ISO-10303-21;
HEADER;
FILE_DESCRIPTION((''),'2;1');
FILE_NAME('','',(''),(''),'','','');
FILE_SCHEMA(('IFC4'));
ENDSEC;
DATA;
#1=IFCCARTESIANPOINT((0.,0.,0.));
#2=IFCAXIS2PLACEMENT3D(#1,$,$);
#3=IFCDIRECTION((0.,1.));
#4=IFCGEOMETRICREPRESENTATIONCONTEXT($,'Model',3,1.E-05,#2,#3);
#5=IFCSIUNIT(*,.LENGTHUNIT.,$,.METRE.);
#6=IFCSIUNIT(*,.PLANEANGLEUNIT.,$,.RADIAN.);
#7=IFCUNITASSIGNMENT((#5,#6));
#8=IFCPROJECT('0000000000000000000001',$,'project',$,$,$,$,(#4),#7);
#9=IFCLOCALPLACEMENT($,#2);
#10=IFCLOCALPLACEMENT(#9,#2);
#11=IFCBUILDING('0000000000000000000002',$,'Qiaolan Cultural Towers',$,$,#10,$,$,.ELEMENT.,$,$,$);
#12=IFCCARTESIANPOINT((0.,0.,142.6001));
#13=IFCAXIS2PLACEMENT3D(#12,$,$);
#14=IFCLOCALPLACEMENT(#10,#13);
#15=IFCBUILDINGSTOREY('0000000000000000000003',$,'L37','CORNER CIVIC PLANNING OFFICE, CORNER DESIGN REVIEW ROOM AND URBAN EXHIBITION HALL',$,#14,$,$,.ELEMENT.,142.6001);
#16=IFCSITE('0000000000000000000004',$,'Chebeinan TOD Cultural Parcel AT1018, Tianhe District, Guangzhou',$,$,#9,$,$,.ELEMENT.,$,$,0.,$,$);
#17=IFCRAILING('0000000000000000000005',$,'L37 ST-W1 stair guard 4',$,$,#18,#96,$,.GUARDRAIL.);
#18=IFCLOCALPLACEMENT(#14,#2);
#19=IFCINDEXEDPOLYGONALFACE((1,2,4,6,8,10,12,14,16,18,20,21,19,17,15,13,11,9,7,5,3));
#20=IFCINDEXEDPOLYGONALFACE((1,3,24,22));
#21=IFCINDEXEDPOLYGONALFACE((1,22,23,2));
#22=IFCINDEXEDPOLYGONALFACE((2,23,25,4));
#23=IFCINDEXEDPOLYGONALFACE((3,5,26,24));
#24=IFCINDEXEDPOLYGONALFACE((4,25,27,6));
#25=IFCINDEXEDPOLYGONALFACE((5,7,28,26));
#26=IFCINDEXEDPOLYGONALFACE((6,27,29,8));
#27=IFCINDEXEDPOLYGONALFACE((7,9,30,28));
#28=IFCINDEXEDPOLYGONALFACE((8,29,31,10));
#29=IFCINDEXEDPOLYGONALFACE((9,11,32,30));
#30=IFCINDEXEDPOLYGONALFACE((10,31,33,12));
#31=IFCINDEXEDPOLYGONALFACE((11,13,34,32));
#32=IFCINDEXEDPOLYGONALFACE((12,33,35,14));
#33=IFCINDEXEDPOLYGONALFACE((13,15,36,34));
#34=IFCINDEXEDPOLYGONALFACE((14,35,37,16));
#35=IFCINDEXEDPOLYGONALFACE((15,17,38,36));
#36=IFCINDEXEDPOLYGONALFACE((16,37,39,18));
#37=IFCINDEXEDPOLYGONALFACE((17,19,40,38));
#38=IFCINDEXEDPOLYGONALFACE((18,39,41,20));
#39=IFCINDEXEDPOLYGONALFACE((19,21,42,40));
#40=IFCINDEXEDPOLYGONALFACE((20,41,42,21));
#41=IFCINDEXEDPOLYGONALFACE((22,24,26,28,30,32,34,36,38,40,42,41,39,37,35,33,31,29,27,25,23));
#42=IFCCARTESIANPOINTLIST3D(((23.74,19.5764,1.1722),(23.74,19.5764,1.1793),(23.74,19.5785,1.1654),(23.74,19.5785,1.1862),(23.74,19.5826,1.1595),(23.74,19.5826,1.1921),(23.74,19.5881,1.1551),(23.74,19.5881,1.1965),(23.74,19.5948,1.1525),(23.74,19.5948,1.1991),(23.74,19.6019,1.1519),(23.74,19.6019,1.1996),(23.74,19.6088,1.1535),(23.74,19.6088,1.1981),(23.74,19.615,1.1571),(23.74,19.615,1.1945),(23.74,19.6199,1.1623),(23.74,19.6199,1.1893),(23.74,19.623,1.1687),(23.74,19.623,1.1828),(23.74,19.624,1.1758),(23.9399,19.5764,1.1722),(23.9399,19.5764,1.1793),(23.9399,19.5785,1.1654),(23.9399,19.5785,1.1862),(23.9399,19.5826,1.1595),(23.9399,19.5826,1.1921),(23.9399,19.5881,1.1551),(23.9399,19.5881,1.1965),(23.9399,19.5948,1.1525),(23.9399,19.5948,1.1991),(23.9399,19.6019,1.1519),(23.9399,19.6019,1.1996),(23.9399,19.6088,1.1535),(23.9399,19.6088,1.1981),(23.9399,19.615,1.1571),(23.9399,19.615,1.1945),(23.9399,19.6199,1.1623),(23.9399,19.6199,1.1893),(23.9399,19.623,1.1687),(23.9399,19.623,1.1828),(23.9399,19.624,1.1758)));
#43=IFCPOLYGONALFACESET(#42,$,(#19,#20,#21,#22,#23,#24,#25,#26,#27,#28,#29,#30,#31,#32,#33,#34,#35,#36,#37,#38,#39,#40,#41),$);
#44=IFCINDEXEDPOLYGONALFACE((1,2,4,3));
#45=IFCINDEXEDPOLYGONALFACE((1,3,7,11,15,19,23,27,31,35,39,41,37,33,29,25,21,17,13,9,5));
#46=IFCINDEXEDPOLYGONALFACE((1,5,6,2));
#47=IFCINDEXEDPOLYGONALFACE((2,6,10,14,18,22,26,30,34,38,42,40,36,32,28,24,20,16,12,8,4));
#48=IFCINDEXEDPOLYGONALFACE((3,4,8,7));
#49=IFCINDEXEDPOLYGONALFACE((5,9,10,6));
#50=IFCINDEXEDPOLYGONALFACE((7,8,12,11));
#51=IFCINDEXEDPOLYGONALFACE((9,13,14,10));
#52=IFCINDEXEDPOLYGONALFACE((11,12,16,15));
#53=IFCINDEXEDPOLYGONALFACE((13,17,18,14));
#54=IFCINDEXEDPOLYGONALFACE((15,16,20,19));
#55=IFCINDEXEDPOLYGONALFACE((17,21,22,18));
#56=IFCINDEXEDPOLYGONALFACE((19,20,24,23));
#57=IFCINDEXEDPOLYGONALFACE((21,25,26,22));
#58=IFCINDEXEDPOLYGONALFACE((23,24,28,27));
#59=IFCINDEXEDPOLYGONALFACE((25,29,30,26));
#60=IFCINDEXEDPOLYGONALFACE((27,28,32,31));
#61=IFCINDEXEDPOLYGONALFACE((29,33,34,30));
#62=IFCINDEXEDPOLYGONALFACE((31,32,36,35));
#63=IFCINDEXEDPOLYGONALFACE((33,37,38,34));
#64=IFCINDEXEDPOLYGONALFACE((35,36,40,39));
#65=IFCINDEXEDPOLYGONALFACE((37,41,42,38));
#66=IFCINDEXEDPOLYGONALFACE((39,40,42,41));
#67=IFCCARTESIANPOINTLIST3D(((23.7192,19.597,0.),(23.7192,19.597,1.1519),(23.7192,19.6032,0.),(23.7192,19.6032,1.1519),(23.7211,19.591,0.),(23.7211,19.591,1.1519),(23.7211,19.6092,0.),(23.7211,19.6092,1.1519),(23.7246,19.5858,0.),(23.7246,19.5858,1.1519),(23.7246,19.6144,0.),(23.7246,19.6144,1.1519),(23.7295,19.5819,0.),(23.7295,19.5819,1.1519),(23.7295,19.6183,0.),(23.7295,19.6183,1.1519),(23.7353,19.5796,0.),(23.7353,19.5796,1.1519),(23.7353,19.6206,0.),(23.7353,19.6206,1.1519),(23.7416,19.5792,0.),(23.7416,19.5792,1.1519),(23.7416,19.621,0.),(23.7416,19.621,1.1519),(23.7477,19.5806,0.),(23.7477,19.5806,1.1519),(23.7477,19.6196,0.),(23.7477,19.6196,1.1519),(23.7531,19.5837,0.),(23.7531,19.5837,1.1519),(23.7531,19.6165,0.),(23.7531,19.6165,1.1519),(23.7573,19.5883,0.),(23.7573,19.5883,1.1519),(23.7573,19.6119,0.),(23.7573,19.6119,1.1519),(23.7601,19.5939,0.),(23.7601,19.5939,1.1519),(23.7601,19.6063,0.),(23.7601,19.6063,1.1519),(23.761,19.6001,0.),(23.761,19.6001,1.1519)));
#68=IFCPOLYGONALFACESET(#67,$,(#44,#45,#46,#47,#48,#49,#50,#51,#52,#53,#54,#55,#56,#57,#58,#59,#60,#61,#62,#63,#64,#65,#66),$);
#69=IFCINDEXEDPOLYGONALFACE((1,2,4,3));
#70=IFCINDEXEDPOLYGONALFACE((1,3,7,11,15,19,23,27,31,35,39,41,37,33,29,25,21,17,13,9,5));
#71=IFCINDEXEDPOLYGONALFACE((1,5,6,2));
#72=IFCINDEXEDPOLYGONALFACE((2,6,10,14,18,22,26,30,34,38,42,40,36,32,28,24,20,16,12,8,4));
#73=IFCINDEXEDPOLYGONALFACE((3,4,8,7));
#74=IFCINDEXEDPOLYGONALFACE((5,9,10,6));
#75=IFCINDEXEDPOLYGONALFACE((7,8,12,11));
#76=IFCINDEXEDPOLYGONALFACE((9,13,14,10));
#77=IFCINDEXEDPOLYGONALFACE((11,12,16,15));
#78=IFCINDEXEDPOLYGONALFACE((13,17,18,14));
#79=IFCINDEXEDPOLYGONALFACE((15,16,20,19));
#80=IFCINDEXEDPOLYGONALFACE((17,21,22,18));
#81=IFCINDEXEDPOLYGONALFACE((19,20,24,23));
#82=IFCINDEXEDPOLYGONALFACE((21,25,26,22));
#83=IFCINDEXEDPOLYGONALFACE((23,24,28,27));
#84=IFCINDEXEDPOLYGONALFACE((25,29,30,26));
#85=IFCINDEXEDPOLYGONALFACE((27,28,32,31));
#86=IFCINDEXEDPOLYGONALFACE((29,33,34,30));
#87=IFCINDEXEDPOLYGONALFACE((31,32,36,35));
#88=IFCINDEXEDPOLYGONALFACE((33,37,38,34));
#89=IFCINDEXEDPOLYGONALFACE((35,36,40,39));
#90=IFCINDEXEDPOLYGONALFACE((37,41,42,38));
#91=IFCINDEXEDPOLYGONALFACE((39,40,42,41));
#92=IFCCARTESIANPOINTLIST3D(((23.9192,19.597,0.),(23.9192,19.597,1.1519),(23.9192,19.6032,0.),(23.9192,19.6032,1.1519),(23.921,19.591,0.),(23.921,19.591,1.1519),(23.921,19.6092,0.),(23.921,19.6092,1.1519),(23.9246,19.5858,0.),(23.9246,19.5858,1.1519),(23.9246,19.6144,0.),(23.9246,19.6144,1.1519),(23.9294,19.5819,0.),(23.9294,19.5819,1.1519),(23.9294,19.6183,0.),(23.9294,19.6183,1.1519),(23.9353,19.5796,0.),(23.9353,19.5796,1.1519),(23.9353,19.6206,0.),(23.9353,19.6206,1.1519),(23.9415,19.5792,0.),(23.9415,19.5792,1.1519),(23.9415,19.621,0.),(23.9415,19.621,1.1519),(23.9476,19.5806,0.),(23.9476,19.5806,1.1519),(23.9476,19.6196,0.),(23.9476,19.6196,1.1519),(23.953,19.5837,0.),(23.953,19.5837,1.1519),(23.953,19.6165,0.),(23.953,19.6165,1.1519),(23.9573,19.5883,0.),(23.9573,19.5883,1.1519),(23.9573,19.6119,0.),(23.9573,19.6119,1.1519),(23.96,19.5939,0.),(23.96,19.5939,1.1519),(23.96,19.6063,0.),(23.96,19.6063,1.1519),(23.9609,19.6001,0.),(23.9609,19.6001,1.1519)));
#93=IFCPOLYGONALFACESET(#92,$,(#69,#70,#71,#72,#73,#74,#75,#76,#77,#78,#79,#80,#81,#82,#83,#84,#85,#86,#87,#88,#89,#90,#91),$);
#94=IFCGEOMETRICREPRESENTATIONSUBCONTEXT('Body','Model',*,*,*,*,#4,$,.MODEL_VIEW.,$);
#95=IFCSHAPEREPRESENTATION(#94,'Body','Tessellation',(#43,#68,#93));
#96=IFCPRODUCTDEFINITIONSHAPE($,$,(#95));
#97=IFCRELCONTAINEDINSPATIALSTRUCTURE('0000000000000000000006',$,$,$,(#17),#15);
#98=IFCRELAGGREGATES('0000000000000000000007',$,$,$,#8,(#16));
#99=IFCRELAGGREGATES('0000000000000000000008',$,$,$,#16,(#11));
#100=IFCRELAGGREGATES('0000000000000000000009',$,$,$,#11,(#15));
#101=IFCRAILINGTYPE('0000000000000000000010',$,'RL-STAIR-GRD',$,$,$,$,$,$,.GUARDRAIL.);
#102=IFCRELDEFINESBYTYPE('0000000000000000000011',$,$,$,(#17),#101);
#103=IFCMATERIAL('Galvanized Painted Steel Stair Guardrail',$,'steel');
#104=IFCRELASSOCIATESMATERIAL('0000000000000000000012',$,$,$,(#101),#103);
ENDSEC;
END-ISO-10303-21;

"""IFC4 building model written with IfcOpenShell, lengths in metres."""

from ifc_helpers import new_model, si_unit, direction, frame, origin, origin_2d, place, context, subcontext, project, spatial, circle, extrude, material, type_object, element, save


model = new_model("IFC4")

# Units and contexts
model_context = context("Model", 3, precision=1e-05, world=origin(), true_north=direction((0.0, 1.0)))
body_context = subcontext(model_context, "Body", "Model", "MODEL_VIEW")
ifc_project = project(units=[si_unit("LENGTHUNIT", "METRE"), si_unit("PLANEANGLEUNIT", "RADIAN")], contexts=[model_context])

# Site, building, storey
site_placement = place(None, origin())
site = spatial("IfcSite", under=ifc_project, at=site_placement, Name="Chebeinan TOD Cultural Parcel AT1018, Tianhe District, Guangzhou", CompositionType="ELEMENT", RefElevation=0.0)
building_placement = place(site_placement, origin())
building = spatial("IfcBuilding", under=site, at=building_placement, Name="Qiaolan Cultural Towers", CompositionType="ELEMENT")
storey_placement = place(building_placement, frame((0.0, 0.0, 142.6001)))
storey = spatial("IfcBuildingStorey", under=building, at=storey_placement, Name="L37", Description="CORNER CIVIC PLANNING OFFICE, CORNER DESIGN REVIEW ROOM AND URBAN EXHIBITION HALL", CompositionType="ELEMENT", Elevation=142.6001)

# Railing
ifc_material_1 = material(Name="Galvanized Painted Steel Stair Guardrail", Category="steel")
railing_type_1 = type_object("IfcRailingType", Name="RL-STAIR-GRD", PredefinedType="GUARDRAIL", material=ifc_material_1)
railing_1_placement = place(storey_placement, frame((23.74, 19.6001, 0.0)))
element("IfcRailing", 1, at=railing_1_placement, inside=storey, type_object=railing_type_1, Name="L37 ST-W1 stair guard 4", PredefinedType="GUARDRAIL", context=body_context, shape_type="SweptSolid", body=[
    extrude(circle(Radius=0.0239, at=origin_2d()), frame((0.0, 0.0, 1.1758), z_axis=(1.0, 0.0, 0.0), x_axis=(0.0, 1.0, 0.0)), (0.0, 0.0, 1.0), 0.2),
    extrude(circle(Radius=0.021, at=origin_2d()), origin(), (0.0, 0.0, 1.0), 1.1519),
    extrude(circle(Radius=0.021, at=origin_2d()), frame((0.2, 0.0, 0.0)), (0.0, 0.0, 1.0), 1.1519),
])

save(model, "model.ifc")
